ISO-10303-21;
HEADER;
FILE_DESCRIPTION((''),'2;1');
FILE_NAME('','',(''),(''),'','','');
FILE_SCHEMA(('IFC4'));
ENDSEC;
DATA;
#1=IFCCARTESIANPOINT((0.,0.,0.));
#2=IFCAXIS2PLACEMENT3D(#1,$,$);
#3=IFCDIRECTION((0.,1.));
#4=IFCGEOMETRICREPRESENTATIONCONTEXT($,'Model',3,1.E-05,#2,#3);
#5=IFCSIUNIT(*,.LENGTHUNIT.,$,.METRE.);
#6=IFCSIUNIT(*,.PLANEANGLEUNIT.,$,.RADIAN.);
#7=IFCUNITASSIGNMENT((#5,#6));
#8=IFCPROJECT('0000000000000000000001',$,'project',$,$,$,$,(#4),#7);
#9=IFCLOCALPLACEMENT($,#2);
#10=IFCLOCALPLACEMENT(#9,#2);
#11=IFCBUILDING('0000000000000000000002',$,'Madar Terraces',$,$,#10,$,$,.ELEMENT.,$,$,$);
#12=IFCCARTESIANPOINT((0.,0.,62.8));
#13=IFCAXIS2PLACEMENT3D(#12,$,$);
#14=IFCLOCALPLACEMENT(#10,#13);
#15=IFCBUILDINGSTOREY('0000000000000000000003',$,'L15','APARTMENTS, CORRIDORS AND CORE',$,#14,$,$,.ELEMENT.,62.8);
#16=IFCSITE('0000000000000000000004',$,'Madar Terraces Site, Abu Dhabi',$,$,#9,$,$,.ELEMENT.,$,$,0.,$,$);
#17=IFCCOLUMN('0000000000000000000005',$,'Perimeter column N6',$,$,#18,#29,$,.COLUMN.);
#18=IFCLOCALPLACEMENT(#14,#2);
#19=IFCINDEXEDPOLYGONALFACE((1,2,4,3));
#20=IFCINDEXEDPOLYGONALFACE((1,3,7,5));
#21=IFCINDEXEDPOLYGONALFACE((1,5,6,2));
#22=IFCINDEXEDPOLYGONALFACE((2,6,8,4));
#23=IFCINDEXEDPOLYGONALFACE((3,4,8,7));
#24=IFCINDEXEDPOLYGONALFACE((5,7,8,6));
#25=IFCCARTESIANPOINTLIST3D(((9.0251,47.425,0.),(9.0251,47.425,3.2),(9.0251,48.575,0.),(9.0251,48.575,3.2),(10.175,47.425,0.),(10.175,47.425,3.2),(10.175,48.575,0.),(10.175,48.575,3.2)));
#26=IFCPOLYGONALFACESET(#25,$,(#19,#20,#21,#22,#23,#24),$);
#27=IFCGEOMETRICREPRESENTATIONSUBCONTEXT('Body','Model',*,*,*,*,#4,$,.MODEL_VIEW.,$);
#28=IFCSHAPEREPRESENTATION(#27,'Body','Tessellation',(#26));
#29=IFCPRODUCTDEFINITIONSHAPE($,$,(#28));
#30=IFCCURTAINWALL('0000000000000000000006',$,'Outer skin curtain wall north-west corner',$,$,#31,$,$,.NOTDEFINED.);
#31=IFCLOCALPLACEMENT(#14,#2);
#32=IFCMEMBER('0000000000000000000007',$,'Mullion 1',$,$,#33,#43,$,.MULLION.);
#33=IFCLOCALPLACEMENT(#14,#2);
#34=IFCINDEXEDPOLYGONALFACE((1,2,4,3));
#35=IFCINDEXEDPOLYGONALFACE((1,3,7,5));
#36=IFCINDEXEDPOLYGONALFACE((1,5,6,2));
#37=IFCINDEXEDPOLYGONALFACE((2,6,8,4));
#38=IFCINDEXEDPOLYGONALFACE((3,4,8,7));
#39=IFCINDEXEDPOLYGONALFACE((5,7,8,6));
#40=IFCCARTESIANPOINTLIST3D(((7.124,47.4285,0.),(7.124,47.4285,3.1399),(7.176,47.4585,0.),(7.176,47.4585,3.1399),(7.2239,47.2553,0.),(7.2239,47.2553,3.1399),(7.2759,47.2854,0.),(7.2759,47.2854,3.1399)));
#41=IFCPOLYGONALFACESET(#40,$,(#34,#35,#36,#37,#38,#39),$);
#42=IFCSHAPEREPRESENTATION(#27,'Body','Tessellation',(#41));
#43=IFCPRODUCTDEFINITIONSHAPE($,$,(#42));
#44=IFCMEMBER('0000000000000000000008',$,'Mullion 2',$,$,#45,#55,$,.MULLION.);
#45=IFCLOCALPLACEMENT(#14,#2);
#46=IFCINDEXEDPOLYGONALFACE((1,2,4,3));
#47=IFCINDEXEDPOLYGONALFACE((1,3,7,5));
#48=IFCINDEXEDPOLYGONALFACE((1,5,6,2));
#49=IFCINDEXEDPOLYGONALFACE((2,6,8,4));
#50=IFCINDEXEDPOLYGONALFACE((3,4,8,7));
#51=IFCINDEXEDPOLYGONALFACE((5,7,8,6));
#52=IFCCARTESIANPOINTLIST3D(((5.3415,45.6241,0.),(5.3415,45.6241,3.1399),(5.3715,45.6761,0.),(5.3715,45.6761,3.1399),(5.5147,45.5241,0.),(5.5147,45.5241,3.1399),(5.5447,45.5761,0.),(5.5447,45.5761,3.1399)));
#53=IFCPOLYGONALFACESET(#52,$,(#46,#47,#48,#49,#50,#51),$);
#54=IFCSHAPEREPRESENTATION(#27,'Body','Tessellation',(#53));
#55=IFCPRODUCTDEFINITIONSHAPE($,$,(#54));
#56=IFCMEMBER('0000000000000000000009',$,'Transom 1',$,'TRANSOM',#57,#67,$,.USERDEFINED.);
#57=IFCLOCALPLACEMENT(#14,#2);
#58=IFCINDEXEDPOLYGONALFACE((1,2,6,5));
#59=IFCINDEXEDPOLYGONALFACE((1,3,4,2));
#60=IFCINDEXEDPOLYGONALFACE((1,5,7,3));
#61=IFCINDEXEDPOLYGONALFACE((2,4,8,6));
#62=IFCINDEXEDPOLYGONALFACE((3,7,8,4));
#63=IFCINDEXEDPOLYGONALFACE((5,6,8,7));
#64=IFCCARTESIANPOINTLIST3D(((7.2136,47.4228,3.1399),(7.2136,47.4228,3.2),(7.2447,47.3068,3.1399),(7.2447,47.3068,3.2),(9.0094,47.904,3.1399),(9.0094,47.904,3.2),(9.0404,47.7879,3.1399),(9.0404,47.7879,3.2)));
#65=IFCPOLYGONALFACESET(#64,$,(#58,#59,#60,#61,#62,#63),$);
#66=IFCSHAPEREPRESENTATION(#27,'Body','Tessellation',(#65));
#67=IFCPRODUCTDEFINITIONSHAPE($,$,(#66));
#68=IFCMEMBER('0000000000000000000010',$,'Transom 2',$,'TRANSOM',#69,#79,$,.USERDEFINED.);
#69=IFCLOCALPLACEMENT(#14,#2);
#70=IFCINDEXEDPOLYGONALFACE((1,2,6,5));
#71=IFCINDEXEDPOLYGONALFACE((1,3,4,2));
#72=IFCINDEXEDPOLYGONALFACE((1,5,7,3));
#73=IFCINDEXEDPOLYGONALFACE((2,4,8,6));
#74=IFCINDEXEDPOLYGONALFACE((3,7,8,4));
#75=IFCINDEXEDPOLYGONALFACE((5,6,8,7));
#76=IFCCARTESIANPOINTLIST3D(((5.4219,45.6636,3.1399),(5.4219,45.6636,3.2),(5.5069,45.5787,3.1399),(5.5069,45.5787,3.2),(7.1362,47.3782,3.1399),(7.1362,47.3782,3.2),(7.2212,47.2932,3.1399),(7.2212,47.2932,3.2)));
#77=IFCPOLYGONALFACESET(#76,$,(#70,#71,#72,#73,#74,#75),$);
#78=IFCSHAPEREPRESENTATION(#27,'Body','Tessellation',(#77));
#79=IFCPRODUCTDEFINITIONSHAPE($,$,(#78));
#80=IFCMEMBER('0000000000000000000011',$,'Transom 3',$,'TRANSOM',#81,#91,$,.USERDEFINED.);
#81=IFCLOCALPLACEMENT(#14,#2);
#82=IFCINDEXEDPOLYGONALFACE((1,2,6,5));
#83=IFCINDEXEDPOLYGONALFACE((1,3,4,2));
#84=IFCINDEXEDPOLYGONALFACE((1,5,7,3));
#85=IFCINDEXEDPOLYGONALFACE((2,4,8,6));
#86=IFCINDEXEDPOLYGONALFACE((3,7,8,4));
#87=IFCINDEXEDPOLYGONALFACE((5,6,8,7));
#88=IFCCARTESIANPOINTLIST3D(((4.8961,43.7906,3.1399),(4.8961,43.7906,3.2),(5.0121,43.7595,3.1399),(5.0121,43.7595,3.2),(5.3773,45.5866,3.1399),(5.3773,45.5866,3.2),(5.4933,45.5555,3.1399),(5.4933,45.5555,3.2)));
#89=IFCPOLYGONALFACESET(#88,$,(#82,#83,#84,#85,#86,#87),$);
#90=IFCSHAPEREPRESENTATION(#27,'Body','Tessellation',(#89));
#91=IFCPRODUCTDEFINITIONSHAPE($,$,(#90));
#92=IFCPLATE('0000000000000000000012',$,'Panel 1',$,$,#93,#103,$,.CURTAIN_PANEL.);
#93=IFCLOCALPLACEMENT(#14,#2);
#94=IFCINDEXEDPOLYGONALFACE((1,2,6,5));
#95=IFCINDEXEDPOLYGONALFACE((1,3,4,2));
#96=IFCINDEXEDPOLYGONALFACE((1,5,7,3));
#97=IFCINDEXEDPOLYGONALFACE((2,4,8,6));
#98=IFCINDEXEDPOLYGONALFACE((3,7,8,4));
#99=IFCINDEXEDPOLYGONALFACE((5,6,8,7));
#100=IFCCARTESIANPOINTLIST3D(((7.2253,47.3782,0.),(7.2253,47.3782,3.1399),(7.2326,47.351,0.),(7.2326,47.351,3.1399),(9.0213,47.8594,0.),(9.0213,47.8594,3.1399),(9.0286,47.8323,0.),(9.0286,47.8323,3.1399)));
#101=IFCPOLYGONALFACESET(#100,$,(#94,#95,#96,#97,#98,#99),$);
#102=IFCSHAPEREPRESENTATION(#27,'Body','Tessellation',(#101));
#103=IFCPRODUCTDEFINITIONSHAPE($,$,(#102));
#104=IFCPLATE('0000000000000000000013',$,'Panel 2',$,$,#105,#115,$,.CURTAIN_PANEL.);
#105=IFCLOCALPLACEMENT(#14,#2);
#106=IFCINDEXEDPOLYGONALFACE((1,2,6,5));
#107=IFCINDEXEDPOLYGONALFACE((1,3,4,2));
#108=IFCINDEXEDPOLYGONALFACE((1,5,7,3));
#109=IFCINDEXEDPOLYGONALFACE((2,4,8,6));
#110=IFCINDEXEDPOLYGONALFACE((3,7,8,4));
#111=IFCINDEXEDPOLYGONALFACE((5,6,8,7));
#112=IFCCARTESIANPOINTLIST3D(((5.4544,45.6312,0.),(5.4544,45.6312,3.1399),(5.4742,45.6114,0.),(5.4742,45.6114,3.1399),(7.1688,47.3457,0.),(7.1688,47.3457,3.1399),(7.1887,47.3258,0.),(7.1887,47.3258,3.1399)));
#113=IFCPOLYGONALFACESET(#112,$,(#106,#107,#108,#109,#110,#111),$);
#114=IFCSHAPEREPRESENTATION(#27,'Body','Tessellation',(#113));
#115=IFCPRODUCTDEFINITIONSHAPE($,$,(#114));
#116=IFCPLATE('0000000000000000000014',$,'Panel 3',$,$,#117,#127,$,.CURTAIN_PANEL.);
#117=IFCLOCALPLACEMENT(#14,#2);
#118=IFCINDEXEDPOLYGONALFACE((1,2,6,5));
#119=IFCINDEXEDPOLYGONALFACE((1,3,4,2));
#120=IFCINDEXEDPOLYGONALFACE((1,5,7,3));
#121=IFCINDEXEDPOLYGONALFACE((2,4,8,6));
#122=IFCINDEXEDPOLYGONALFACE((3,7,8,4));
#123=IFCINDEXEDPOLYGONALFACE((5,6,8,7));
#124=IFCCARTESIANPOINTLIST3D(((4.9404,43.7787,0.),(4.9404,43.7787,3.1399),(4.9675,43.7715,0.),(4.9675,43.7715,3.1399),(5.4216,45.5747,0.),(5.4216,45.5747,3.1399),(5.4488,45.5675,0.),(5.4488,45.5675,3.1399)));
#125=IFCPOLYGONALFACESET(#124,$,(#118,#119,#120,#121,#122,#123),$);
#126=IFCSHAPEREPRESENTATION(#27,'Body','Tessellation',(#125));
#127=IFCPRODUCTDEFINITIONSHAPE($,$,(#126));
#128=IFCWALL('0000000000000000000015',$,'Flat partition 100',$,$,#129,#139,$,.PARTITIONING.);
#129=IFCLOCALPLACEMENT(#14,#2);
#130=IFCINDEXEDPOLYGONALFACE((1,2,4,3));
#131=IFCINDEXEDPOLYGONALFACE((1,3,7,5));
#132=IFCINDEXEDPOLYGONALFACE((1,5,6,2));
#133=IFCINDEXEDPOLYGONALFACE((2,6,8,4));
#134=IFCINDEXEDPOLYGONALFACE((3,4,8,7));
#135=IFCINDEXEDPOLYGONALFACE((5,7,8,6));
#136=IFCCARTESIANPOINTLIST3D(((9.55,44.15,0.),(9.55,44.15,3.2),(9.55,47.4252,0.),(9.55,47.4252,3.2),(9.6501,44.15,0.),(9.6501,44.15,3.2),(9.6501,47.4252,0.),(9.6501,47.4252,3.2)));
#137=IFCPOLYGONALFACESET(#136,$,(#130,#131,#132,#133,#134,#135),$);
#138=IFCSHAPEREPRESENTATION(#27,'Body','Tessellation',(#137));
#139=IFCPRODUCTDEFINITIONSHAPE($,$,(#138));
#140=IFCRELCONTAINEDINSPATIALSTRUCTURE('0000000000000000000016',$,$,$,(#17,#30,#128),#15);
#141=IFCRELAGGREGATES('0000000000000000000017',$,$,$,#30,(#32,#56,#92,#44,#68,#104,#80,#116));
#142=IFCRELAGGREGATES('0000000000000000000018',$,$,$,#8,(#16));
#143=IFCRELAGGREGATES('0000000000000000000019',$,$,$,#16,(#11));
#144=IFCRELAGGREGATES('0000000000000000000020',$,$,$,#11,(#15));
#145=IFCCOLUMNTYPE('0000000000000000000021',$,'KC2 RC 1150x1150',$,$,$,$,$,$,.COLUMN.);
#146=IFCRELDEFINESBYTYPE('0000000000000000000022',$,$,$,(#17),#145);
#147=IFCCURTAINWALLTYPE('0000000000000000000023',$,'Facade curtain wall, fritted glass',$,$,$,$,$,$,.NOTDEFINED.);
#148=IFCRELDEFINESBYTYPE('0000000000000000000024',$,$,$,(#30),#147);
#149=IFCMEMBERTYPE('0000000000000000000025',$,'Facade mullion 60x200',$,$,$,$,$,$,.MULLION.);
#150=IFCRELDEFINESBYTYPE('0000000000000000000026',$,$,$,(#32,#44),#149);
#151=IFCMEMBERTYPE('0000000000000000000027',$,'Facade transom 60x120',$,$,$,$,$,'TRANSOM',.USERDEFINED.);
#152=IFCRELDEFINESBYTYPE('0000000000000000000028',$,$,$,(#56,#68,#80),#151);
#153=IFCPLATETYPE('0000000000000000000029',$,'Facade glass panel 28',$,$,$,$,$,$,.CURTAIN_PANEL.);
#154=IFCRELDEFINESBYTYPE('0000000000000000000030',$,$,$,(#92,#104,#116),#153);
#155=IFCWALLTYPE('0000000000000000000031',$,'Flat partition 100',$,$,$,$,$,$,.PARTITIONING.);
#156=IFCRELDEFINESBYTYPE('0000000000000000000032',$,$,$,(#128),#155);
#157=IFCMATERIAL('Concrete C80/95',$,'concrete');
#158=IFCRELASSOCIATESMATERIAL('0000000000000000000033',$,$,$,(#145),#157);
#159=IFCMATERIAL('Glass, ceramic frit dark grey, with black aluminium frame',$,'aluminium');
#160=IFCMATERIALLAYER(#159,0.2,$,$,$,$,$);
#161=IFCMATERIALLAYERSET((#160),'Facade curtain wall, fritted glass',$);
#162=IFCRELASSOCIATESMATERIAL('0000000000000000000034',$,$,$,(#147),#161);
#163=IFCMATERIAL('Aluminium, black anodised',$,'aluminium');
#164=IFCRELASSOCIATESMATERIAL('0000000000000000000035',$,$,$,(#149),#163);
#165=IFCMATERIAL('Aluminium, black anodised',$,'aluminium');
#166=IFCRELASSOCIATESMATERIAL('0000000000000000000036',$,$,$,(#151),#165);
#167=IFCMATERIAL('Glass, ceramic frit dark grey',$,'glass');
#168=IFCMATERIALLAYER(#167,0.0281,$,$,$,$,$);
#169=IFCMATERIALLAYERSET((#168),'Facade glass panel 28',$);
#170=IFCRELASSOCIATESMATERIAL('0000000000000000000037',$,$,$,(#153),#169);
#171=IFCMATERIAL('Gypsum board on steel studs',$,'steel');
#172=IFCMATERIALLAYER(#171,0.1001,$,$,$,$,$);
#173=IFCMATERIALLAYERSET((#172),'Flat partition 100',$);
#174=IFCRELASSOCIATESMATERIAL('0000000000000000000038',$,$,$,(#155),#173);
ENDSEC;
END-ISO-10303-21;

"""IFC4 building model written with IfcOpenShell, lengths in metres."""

from ifc_helpers import new_model, si_unit, direction, frame, frame_2d, origin, origin_2d, place, context, subcontext, project, spatial, rectangle, extrude, material, layer, layer_set, material_profile, profile_set, type_object, element, aggregate, save


model = new_model("IFC4")

# Units and contexts
model_context = context("Model", 3, precision=1e-05, world=origin(), true_north=direction((0.0, 1.0)))
body_context = subcontext(model_context, "Body", "Model", "MODEL_VIEW")
ifc_project = project(units=[si_unit("LENGTHUNIT", "METRE"), si_unit("PLANEANGLEUNIT", "RADIAN")], contexts=[model_context])

# Site, building, storey
site_placement = place(None, origin())
site = spatial("IfcSite", under=ifc_project, at=site_placement, Name="Madar Terraces Site, Abu Dhabi", CompositionType="ELEMENT", RefElevation=0.0)
building_placement = place(site_placement, origin())
building = spatial("IfcBuilding", under=site, at=building_placement, Name="Madar Terraces", CompositionType="ELEMENT")
storey_placement = place(building_placement, frame((0.0, 0.0, 62.8)))
storey = spatial("IfcBuildingStorey", under=building, at=storey_placement, Name="L15", Description="APARTMENTS, CORRIDORS AND CORE", CompositionType="ELEMENT", Elevation=62.8)

# Column
ifc_material_1 = material(Name="Concrete C80/95", Category="concrete")
ifc_material_profile_1 = material_profile(ifc_material_1, rectangle(XDim=1.1499, YDim=1.1499, at=origin_2d()), Name="KC2 RC 1150x1150")
ifc_profile_set_1 = profile_set([ifc_material_profile_1], Name="Concrete C80/95")
column_type = type_object("IfcColumnType", Name="KC2 RC 1150x1150", PredefinedType="COLUMN", material=ifc_profile_set_1)
column_placement = place(storey_placement, frame((9.6001, 48.0, 0.0), z_axis=(0.0, 0.0, 1.0), x_axis=(1.0, 0.0, 0.0)))
element("IfcColumn", 1, at=column_placement, inside=storey, type_object=column_type, Name="Perimeter column N6", PredefinedType="COLUMN", context=body_context, shape_type="SweptSolid", body=[
    extrude(rectangle(XDim=1.1499, YDim=1.1499, at=origin_2d()), origin(), (0.0, 0.0, 1.0), 3.2),
])

# Curtain wall, members, plates
ifc_material_2 = material(Name="Glass, ceramic frit dark grey, with black aluminium frame", Category="aluminium")
ifc_layer_1 = layer(ifc_material_2, 0.2)
ifc_layer_set_1 = layer_set([ifc_layer_1], Name="Facade curtain wall, fritted glass")
curtain_wall_type = type_object("IfcCurtainWallType", Name="Facade curtain wall, fritted glass", PredefinedType="NOTDEFINED", material=ifc_layer_set_1)
curtain_wall_placement = place(storey_placement, origin())
curtain_wall = element("IfcCurtainWall", 2, at=curtain_wall_placement, inside=storey, type_object=curtain_wall_type, Name="Outer skin curtain wall north-west corner", PredefinedType="NOTDEFINED")
ifc_material_3 = material(Name="Aluminium, black anodised", Category="aluminium")
ifc_material_profile_2 = material_profile(ifc_material_3, rectangle(XDim=0.2, YDim=0.0601, at=origin_2d()), Name="Facade mullion 60x200")
ifc_profile_set_2 = profile_set([ifc_material_profile_2], Name="Aluminium, black anodised")
member_type_1 = type_object("IfcMemberType", Name="Facade mullion 60x200", PredefinedType="MULLION", material=ifc_profile_set_2)
member_1_placement = place(storey_placement, frame((7.2, 47.3569, 0.0), z_axis=(0.0, 0.0, 1.0), x_axis=(0.5, -0.866025, 0.0)))
member_1 = element("IfcMember", 3, at=member_1_placement, type_object=member_type_1, Name="Mullion 1", PredefinedType="MULLION", context=body_context, shape_type="SweptSolid", body=[
    extrude(rectangle(XDim=0.2, YDim=0.0601, at=origin_2d()), origin(), (0.0, 0.0, 1.0), 3.1399),
])
member_2_placement = place(storey_placement, frame((5.4431, 45.6001, 0.0), z_axis=(0.0, 0.0, 1.0), x_axis=(0.866025, -0.5, 0.0)))
member_2 = element("IfcMember", 4, at=member_2_placement, type_object=member_type_1, Name="Mullion 2", PredefinedType="MULLION", context=body_context, shape_type="SweptSolid", body=[
    extrude(rectangle(XDim=0.2, YDim=0.0601, at=origin_2d()), origin(), (0.0, 0.0, 1.0), 3.1399),
])
ifc_material_4 = material(Name="Aluminium, black anodised", Category="aluminium")
ifc_material_profile_3 = material_profile(ifc_material_4, rectangle(XDim=0.1201, YDim=0.0601, at=origin_2d()), Name="Facade transom 60x120")
ifc_profile_set_3 = profile_set([ifc_material_profile_3], Name="Aluminium, black anodised")
member_type_2 = type_object("IfcMemberType", Name="Facade transom 60x120", ElementType="TRANSOM", PredefinedType="USERDEFINED", material=ifc_profile_set_3)
member_3_placement = place(storey_placement, frame((9.0249, 47.8459, 3.1699), z_axis=(-0.965927, -0.258815, 0.0), x_axis=(0.258815, -0.965927, 0.0)))
member_3 = element("IfcMember", 5, at=member_3_placement, type_object=member_type_2, Name="Transom 1", ObjectType="TRANSOM", PredefinedType="USERDEFINED", context=body_context, shape_type="SweptSolid", body=[
    extrude(rectangle(XDim=0.1201, YDim=0.0601, at=origin_2d()), origin(), (0.0, 0.0, 1.0), 1.8591),
])
member_4_placement = place(storey_placement, frame((7.1787, 47.3357, 3.1699), z_axis=(-0.707056, -0.707157, 0.0), x_axis=(0.707157, -0.707056, 0.0)))
member_4 = element("IfcMember", 6, at=member_4_placement, type_object=member_type_2, Name="Transom 2", ObjectType="TRANSOM", PredefinedType="USERDEFINED", context=body_context, shape_type="SweptSolid", body=[
    extrude(rectangle(XDim=0.1201, YDim=0.0601, at=origin_2d()), origin(), (0.0, 0.0, 1.0), 2.4246),
])
member_5_placement = place(storey_placement, frame((5.4353, 45.571, 3.1699), z_axis=(-0.258782, -0.965936, 0.0), x_axis=(0.965936, -0.258782, 0.0)))
member_5 = element("IfcMember", 7, at=member_5_placement, type_object=member_type_2, Name="Transom 3", ObjectType="TRANSOM", PredefinedType="USERDEFINED", context=body_context, shape_type="SweptSolid", body=[
    extrude(rectangle(XDim=0.1201, YDim=0.0601, at=origin_2d()), origin(), (0.0, 0.0, 1.0), 1.8594),
])
ifc_material_5 = material(Name="Glass, ceramic frit dark grey", Category="glass")
ifc_layer_2 = layer(ifc_material_5, 0.0281)
ifc_layer_set_2 = layer_set([ifc_layer_2], Name="Facade glass panel 28")
plate_type = type_object("IfcPlateType", Name="Facade glass panel 28", PredefinedType="CURTAIN_PANEL", material=ifc_layer_set_2)
plate_1_placement = place(storey_placement, frame((8.127, 47.6052, 0.0), z_axis=(0.0, 0.0, 1.0), x_axis=(-0.965926, -0.258819, 0.0)))
plate_1 = element("IfcPlate", 8, at=plate_1_placement, type_object=plate_type, Name="Panel 1", PredefinedType="CURTAIN_PANEL", context=body_context, shape_type="SweptSolid", body=[
    extrude(rectangle(XDim=1.8594, YDim=0.0281, at=origin_2d()), origin(), (0.0, 0.0, 1.0), 3.1399),
])
plate_2_placement = place(storey_placement, frame((6.3215, 46.4785, 0.0), z_axis=(0.0, 0.0, 1.0), x_axis=(-0.707107, -0.707107, 0.0)))
plate_2 = element("IfcPlate", 9, at=plate_2_placement, type_object=plate_type, Name="Panel 2", PredefinedType="CURTAIN_PANEL", context=body_context, shape_type="SweptSolid", body=[
    extrude(rectangle(XDim=2.4246, YDim=0.0281, at=origin_2d()), origin(), (0.0, 0.0, 1.0), 3.1399),
])
plate_3_placement = place(storey_placement, frame((5.1946, 44.6731, 0.0), z_axis=(0.0, 0.0, 1.0), x_axis=(-0.258819, -0.965926, 0.0)))
plate_3 = element("IfcPlate", 10, at=plate_3_placement, type_object=plate_type, Name="Panel 3", PredefinedType="CURTAIN_PANEL", context=body_context, shape_type="SweptSolid", body=[
    extrude(rectangle(XDim=1.8594, YDim=0.0281, at=origin_2d()), origin(), (0.0, 0.0, 1.0), 3.1399),
])
aggregate(curtain_wall, [member_1, member_3, plate_1, member_2, member_4, plate_2, member_5, plate_3])

# Wall
ifc_material_6 = material(Name="Gypsum board on steel studs", Category="steel")
ifc_layer_3 = layer(ifc_material_6, 0.1001)
ifc_layer_set_3 = layer_set([ifc_layer_3], Name="Flat partition 100")
wall_type = type_object("IfcWallType", Name="Flat partition 100", PredefinedType="PARTITIONING", material=ifc_layer_set_3)
wall_placement = place(storey_placement, frame((9.6001, 44.1499, 0.0), z_axis=(0.0, 0.0, 1.0), x_axis=(0.0, 1.0, 0.0)))
element("IfcWall", 11, at=wall_placement, inside=storey, type_object=wall_type, Name="Flat partition 100", PredefinedType="PARTITIONING", context=body_context, shape_type="SweptSolid", body=[
    extrude(rectangle(XDim=3.2751, YDim=0.1001, at=frame_2d((1.6377, 0.0))), origin(), (0.0, 0.0, 1.0), 3.2),
])

save(model, "model.ifc")
